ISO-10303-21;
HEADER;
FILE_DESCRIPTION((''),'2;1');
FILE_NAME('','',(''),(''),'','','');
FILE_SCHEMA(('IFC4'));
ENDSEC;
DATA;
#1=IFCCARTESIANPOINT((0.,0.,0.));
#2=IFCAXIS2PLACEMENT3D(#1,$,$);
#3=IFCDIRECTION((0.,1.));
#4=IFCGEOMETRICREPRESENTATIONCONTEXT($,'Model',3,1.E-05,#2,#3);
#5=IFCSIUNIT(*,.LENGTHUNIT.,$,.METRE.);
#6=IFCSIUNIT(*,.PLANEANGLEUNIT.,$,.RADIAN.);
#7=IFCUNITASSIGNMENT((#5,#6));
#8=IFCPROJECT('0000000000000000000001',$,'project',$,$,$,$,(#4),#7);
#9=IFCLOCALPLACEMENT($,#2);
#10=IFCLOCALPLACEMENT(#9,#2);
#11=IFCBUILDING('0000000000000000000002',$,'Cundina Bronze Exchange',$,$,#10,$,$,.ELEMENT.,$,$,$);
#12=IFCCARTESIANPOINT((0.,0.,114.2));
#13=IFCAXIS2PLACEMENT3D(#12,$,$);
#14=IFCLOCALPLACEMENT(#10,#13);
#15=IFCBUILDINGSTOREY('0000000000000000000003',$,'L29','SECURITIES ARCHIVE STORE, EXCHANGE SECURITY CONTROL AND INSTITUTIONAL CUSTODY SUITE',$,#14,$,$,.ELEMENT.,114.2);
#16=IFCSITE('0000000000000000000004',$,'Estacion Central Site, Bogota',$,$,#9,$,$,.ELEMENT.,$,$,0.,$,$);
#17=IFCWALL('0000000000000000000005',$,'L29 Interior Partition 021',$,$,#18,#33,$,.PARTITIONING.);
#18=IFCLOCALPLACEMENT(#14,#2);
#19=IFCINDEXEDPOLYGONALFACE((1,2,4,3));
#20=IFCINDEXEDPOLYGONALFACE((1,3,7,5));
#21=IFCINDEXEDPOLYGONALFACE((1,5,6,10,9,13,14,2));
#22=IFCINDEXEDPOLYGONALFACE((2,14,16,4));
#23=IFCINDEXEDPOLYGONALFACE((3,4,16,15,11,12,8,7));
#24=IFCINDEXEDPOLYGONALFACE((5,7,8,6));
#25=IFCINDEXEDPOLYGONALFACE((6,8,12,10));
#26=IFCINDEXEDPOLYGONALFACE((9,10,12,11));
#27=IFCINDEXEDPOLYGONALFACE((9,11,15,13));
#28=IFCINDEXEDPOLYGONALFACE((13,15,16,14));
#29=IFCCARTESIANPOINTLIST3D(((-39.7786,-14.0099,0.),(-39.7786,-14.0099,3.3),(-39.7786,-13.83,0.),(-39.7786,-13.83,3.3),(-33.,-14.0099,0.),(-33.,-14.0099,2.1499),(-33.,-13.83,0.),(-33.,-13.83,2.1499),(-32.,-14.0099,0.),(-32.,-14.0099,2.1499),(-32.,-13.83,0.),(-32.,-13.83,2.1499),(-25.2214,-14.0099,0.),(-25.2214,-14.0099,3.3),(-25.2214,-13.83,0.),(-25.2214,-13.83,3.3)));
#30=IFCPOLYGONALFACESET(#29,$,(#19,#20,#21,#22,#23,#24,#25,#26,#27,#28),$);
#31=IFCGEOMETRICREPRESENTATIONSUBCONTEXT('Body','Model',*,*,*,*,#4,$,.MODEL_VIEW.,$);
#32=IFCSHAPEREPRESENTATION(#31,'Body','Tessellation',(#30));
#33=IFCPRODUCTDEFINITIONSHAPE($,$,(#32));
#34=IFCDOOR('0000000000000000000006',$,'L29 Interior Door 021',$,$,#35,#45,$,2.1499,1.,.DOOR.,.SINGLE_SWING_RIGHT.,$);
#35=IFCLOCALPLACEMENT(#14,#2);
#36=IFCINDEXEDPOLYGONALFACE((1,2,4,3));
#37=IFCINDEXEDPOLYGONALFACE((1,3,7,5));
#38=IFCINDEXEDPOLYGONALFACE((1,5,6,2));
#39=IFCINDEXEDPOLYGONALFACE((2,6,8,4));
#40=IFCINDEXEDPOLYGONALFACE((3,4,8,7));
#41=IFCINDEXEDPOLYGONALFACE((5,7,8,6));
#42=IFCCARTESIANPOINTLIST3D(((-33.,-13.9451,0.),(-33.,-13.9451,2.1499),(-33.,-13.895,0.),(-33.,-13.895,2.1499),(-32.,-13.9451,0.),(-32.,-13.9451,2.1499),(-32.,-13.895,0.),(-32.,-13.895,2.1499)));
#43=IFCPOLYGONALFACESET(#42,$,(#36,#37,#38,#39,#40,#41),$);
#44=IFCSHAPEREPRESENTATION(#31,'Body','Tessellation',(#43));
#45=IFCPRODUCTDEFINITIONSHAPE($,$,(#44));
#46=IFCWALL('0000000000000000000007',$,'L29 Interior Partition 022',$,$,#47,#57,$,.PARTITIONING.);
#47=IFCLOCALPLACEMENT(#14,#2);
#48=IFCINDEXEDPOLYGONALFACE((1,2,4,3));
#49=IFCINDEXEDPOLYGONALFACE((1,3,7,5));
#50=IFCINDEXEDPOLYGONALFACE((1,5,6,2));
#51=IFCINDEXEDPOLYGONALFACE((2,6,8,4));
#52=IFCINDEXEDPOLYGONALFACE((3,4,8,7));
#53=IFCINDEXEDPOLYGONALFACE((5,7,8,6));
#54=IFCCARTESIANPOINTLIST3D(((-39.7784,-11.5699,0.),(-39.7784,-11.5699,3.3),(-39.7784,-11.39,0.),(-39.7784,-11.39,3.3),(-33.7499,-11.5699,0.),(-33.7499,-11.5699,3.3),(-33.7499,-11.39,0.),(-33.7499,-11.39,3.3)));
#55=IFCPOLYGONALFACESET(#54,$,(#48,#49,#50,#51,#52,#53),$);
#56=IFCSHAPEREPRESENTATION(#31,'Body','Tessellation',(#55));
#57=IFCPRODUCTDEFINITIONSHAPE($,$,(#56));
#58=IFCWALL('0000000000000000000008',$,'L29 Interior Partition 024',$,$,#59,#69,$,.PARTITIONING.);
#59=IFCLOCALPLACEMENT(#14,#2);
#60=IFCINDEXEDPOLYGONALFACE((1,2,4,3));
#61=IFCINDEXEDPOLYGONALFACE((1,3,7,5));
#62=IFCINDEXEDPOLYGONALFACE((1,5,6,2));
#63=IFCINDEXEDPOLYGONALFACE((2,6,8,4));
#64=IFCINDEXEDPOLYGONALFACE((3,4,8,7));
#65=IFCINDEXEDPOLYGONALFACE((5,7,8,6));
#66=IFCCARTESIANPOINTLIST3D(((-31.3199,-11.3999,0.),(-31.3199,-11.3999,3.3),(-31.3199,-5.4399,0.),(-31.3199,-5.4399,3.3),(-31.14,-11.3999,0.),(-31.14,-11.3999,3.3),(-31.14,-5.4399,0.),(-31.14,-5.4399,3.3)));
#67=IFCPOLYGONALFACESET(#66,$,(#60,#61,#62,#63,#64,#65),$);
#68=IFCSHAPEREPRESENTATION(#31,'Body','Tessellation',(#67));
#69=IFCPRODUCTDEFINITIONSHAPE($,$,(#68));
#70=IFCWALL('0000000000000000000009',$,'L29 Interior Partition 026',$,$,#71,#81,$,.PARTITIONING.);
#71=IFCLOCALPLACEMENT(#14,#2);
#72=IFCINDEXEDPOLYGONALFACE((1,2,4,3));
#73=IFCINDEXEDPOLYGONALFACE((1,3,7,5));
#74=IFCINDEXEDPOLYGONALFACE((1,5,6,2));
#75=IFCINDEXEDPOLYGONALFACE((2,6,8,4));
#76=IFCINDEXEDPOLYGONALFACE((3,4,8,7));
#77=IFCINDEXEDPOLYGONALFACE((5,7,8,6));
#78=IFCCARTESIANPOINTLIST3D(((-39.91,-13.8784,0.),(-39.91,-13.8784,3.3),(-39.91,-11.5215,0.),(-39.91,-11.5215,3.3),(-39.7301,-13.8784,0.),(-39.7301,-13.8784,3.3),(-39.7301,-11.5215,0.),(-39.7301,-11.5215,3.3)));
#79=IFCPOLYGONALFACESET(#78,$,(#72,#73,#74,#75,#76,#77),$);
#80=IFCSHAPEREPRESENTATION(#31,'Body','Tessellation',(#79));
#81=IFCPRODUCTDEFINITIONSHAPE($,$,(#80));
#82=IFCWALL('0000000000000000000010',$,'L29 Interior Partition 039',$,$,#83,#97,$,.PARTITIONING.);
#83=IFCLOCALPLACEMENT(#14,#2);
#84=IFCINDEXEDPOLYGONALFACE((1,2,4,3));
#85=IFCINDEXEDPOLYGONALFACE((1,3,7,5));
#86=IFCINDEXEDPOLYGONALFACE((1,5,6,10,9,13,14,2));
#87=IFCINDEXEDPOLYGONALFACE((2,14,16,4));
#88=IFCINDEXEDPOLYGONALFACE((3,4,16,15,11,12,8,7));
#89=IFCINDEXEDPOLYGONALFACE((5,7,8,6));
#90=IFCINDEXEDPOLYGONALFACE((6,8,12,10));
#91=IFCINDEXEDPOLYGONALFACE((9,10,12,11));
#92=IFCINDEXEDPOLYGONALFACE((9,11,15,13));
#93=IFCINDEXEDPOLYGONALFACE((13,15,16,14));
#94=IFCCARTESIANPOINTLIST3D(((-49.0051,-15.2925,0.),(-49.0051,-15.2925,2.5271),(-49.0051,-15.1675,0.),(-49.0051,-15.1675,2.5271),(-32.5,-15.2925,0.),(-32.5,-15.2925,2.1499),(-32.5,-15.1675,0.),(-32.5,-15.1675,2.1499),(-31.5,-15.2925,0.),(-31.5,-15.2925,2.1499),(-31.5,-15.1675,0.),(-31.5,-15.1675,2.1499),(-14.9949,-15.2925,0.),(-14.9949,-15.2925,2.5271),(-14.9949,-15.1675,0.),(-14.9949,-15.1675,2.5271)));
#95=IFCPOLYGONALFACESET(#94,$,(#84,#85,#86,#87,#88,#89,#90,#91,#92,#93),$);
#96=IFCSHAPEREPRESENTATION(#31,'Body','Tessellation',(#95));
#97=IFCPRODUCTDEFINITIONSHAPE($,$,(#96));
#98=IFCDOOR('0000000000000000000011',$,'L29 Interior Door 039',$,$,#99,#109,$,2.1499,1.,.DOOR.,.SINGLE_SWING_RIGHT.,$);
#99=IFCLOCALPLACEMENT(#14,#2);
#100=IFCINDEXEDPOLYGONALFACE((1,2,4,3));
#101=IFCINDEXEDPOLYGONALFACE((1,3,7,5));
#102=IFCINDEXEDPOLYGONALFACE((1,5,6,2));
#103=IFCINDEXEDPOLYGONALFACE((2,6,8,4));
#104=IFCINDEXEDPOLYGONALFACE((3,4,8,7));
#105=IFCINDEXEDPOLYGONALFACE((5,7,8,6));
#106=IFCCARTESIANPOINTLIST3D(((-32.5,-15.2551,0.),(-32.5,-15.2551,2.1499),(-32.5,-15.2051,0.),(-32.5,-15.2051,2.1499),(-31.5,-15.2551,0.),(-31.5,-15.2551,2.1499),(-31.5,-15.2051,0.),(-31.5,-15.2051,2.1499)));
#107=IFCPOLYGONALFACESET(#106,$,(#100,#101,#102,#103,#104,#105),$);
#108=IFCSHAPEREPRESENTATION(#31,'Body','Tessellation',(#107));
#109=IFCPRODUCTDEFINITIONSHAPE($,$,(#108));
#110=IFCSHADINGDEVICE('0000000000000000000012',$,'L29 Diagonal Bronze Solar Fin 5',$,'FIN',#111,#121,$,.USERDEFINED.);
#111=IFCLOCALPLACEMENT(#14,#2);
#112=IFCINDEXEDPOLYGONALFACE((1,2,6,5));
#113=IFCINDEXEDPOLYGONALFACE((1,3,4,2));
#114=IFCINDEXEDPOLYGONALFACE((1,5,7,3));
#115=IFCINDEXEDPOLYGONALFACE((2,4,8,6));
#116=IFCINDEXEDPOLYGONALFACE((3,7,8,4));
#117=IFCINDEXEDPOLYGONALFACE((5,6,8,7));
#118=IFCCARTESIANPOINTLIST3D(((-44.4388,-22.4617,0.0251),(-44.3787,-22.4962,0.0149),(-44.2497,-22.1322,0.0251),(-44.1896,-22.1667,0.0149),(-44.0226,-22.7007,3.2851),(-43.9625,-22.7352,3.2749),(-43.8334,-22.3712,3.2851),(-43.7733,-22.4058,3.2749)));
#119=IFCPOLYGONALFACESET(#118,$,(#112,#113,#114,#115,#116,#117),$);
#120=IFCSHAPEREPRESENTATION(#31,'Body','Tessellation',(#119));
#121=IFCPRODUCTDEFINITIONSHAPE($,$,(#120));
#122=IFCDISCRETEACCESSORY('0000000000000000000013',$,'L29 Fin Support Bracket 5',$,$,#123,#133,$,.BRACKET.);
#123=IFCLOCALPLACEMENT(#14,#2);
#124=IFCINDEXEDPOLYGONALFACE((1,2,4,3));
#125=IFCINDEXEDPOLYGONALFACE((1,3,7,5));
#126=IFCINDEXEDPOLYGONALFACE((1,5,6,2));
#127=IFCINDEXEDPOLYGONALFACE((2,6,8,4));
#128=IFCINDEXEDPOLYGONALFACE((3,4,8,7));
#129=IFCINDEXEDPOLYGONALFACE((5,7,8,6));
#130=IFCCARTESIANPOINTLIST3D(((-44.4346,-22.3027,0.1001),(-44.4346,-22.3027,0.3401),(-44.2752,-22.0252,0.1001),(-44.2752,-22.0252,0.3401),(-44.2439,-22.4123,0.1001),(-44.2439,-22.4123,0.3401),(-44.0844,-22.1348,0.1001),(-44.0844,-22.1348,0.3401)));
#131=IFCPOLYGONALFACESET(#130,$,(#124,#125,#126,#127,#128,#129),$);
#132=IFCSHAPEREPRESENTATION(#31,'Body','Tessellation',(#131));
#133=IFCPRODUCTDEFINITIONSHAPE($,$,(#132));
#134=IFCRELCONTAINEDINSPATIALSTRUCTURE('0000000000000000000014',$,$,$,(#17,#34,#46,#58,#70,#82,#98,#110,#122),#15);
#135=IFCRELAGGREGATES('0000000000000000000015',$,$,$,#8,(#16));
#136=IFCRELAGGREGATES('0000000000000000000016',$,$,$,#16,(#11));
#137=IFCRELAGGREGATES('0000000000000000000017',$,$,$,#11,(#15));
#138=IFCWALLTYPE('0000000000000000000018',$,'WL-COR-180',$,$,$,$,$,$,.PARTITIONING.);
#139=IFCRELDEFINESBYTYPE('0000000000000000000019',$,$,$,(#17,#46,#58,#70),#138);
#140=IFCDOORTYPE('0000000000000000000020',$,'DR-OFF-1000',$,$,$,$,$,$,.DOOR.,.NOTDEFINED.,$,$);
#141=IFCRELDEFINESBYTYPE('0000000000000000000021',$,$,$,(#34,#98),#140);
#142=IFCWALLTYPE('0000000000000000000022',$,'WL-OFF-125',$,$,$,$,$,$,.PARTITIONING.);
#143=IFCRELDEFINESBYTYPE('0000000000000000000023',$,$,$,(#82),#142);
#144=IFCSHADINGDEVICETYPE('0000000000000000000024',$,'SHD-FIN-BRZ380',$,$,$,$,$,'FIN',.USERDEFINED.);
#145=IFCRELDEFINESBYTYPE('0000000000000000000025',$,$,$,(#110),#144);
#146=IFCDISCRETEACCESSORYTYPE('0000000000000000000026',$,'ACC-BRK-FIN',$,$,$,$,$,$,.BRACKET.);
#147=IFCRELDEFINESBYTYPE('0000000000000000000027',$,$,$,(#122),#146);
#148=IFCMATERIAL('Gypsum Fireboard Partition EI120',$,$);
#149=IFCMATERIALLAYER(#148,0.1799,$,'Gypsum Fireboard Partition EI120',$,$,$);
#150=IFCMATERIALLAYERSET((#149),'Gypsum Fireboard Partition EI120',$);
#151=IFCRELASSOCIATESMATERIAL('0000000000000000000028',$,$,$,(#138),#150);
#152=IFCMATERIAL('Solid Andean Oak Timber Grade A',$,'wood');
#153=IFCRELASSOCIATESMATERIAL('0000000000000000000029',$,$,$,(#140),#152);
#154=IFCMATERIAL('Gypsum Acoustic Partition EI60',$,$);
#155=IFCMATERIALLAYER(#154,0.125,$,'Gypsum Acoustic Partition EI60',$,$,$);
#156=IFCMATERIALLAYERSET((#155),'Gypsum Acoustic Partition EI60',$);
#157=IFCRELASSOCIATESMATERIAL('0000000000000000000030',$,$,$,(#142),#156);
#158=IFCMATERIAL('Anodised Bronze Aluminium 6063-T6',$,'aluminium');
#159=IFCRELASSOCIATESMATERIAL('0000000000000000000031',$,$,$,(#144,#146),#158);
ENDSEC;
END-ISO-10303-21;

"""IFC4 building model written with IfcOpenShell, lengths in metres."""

from ifc_helpers import new_model, si_unit, direction, frame, frame_2d, origin, origin_2d, place, context, subcontext, project, spatial, rectangle, extrude, material, layer, layer_set, material_profile, profile_set, type_object, element, fill, save


model = new_model("IFC4")

# Units and contexts
model_context = context("Model", 3, precision=1e-05, world=origin(), true_north=direction((0.0, 1.0)))
body_context = subcontext(model_context, "Body", "Model", "MODEL_VIEW")
ifc_project = project(units=[si_unit("LENGTHUNIT", "METRE"), si_unit("PLANEANGLEUNIT", "RADIAN")], contexts=[model_context])

# Site, building, storey
site_placement = place(None, origin())
site = spatial("IfcSite", under=ifc_project, at=site_placement, Name="Estacion Central Site, Bogota", CompositionType="ELEMENT", RefElevation=0.0)
building_placement = place(site_placement, origin())
building = spatial("IfcBuilding", under=site, at=building_placement, Name="Cundina Bronze Exchange", CompositionType="ELEMENT")
storey_placement = place(building_placement, frame((0.0, 0.0, 114.2)))
storey = spatial("IfcBuildingStorey", under=building, at=storey_placement, Name="L29", Description="SECURITIES ARCHIVE STORE, EXCHANGE SECURITY CONTROL AND INSTITUTIONAL CUSTODY SUITE", CompositionType="ELEMENT", Elevation=114.2)

# Shared definitions
ifc_material_1 = material(Name="Anodised Bronze Aluminium 6063-T6", Category="aluminium")

# Wall, opening, door
ifc_material_2 = material(Name="Gypsum Fireboard Partition EI120")
ifc_layer_1 = layer(ifc_material_2, 0.1799, Name="Gypsum Fireboard Partition EI120")
ifc_layer_set_1 = layer_set([ifc_layer_1], Name="Gypsum Fireboard Partition EI120")
wall_type_1 = type_object("IfcWallType", Name="WL-COR-180", PredefinedType="PARTITIONING", material=ifc_layer_set_1)
wall_1_placement = place(storey_placement, frame((-39.7786, -13.9199, 0.0), z_axis=(0.0, 0.0, 1.0), x_axis=(1.0, 0.0, 0.0)))
wall_1 = element("IfcWall", 1, at=wall_1_placement, inside=storey, type_object=wall_type_1, Name="L29 Interior Partition 021", PredefinedType="PARTITIONING", context=body_context, shape_type="SweptSolid", body=[
    extrude(rectangle(XDim=14.5571, YDim=0.1799, at=frame_2d((7.2786, 0.0))), origin(), (0.0, 0.0, 1.0), 3.3),
])
opening_1_placement = place(wall_1_placement, frame((6.7786, 0.0, 0.0)))
opening_1 = element("IfcOpeningElement", 2, at=opening_1_placement, cuts=wall_1, PredefinedType="OPENING", context=body_context, shape_type="SweptSolid", body=[
    extrude(rectangle(XDim=1.0, YDim=2.1499, at=frame_2d((0.5, 1.075))), frame((0.0, 0.0999, 0.0), z_axis=(0.0, -1.0, 0.0), x_axis=(1.0, 0.0, 0.0)), (0.0, 0.0, 1.0), 0.2),
])
ifc_material_3 = material(Name="Solid Andean Oak Timber Grade A", Category="wood")
door_type = type_object("IfcDoorType", Name="DR-OFF-1000", OperationType="NOTDEFINED", PredefinedType="DOOR", material=ifc_material_3)
door_1_placement = place(opening_1_placement, origin())
door_1 = element("IfcDoor", 3, at=door_1_placement, inside=storey, type_object=door_type, Name="L29 Interior Door 021", OperationType="SINGLE_SWING_RIGHT", OverallHeight=2.1499, OverallWidth=1.0, PredefinedType="DOOR", context=body_context, shape_type="SweptSolid", body=[
    extrude(rectangle(XDim=1.0, YDim=2.1499, at=frame_2d((0.5, 1.075))), frame((0.0, 0.0249, 0.0), z_axis=(0.0, -1.0, 0.0), x_axis=(1.0, 0.0, 0.0)), (0.0, 0.0, 1.0), 0.05),
])
fill(opening_1, door_1)

# Walls
wall_2_placement = place(storey_placement, frame((-33.75, -11.48, 0.0), z_axis=(0.0, 0.0, 1.0), x_axis=(-1.0, 0.0, 0.0)))
element("IfcWall", 4, at=wall_2_placement, inside=storey, type_object=wall_type_1, Name="L29 Interior Partition 022", PredefinedType="PARTITIONING", context=body_context, shape_type="SweptSolid", body=[
    extrude(rectangle(XDim=6.0286, YDim=0.1799, at=frame_2d((3.0142, 0.0))), origin(), (0.0, 0.0, 1.0), 3.3),
])
wall_3_placement = place(storey_placement, frame((-31.23, -11.3999, 0.0), z_axis=(0.0, 0.0, 1.0), x_axis=(0.0, 1.0, 0.0)))
element("IfcWall", 5, at=wall_3_placement, inside=storey, type_object=wall_type_1, Name="L29 Interior Partition 024", PredefinedType="PARTITIONING", context=body_context, shape_type="SweptSolid", body=[
    extrude(rectangle(XDim=5.96, YDim=0.1799, at=frame_2d((2.98, 0.0))), origin(), (0.0, 0.0, 1.0), 3.3),
])
wall_4_placement = place(storey_placement, frame((-39.8201, -11.5215, 0.0), z_axis=(0.0, 0.0, 1.0), x_axis=(0.0, -1.0, 0.0)))
element("IfcWall", 6, at=wall_4_placement, inside=storey, type_object=wall_type_1, Name="L29 Interior Partition 026", PredefinedType="PARTITIONING", context=body_context, shape_type="SweptSolid", body=[
    extrude(rectangle(XDim=2.3569, YDim=0.1799, at=frame_2d((1.1785, 0.0))), origin(), (0.0, 0.0, 1.0), 3.3),
])

# Wall, opening, door
ifc_material_4 = material(Name="Gypsum Acoustic Partition EI60")
ifc_layer_2 = layer(ifc_material_4, 0.125, Name="Gypsum Acoustic Partition EI60")
ifc_layer_set_2 = layer_set([ifc_layer_2], Name="Gypsum Acoustic Partition EI60")
wall_type_2 = type_object("IfcWallType", Name="WL-OFF-125", PredefinedType="PARTITIONING", material=ifc_layer_set_2)
wall_5_placement = place(storey_placement, frame((-49.0051, -15.23, 0.0), z_axis=(0.0, 0.0, 1.0), x_axis=(1.0, 0.0, 0.0)))
wall_5 = element("IfcWall", 7, at=wall_5_placement, inside=storey, type_object=wall_type_2, Name="L29 Interior Partition 039", PredefinedType="PARTITIONING", context=body_context, shape_type="SweptSolid", body=[
    extrude(rectangle(XDim=34.0103, YDim=0.125, at=frame_2d((17.0051, 0.0))), origin(), (0.0, 0.0, 1.0), 2.5271),
])
opening_2_placement = place(wall_5_placement, frame((16.5051, 0.0, 0.0)))
opening_2 = element("IfcOpeningElement", 8, at=opening_2_placement, cuts=wall_5, PredefinedType="OPENING", context=body_context, shape_type="SweptSolid", body=[
    extrude(rectangle(XDim=1.0, YDim=2.1499, at=frame_2d((0.5, 1.075))), frame((0.0, 0.0725, 0.0), z_axis=(0.0, -1.0, 0.0), x_axis=(1.0, 0.0, 0.0)), (0.0, 0.0, 1.0), 0.145),
])
door_2_placement = place(opening_2_placement, origin())
door_2 = element("IfcDoor", 9, at=door_2_placement, inside=storey, type_object=door_type, Name="L29 Interior Door 039", OperationType="SINGLE_SWING_RIGHT", OverallHeight=2.1499, OverallWidth=1.0, PredefinedType="DOOR", context=body_context, shape_type="SweptSolid", body=[
    extrude(rectangle(XDim=1.0, YDim=2.1499, at=frame_2d((0.5, 1.075))), frame((0.0, 0.0249, 0.0), z_axis=(0.0, -1.0, 0.0), x_axis=(1.0, 0.0, 0.0)), (0.0, 0.0, 1.0), 0.05),
])
fill(opening_2, door_2)

# Shading device
ifc_material_profile_1 = material_profile(ifc_material_1, rectangle(XDim=0.0701, YDim=0.3799, at=origin_2d()), Name="FIN70X380", Category="aluminium")
ifc_profile_set_1 = profile_set([ifc_material_profile_1], Name="Anodised Bronze Aluminium 6063-T6")
shading_device_type = type_object("IfcShadingDeviceType", Name="SHD-FIN-BRZ380", ElementType="FIN", PredefinedType="USERDEFINED", material=ifc_profile_set_1)
shading_device_placement = place(storey_placement, frame((-44.3142, -22.3142, 0.02), z_axis=(0.126325, -0.072535, 0.989333), x_axis=(-0.857958, 0.492634, 0.145668)))
element("IfcShadingDevice", 10, at=shading_device_placement, inside=storey, type_object=shading_device_type, Name="L29 Diagonal Bronze Solar Fin 5", ObjectType="FIN", PredefinedType="USERDEFINED", context=body_context, shape_type="SweptSolid", body=[
    extrude(rectangle(XDim=0.0701, YDim=0.3799, at=origin_2d()), origin(), (0.0, 0.0, 1.0), 3.2952),
])

# Discrete accessory
discrete_accessory_type = type_object("IfcDiscreteAccessoryType", Name="ACC-BRK-FIN", PredefinedType="BRACKET", material=ifc_material_1)
discrete_accessory_placement = place(storey_placement, frame((-44.2595, -22.2188, 0.1001), z_axis=(0.0, 0.0, 1.0), x_axis=(0.867105, -0.498125, 0.0)))
element("IfcDiscreteAccessory", 11, at=discrete_accessory_placement, inside=storey, type_object=discrete_accessory_type, Name="L29 Fin Support Bracket 5", PredefinedType="BRACKET", context=body_context, shape_type="SweptSolid", body=[
    extrude(rectangle(XDim=0.22, YDim=0.3201, at=origin_2d()), origin(), (0.0, 0.0, 1.0), 0.24),
])

save(model, "model.ifc")
